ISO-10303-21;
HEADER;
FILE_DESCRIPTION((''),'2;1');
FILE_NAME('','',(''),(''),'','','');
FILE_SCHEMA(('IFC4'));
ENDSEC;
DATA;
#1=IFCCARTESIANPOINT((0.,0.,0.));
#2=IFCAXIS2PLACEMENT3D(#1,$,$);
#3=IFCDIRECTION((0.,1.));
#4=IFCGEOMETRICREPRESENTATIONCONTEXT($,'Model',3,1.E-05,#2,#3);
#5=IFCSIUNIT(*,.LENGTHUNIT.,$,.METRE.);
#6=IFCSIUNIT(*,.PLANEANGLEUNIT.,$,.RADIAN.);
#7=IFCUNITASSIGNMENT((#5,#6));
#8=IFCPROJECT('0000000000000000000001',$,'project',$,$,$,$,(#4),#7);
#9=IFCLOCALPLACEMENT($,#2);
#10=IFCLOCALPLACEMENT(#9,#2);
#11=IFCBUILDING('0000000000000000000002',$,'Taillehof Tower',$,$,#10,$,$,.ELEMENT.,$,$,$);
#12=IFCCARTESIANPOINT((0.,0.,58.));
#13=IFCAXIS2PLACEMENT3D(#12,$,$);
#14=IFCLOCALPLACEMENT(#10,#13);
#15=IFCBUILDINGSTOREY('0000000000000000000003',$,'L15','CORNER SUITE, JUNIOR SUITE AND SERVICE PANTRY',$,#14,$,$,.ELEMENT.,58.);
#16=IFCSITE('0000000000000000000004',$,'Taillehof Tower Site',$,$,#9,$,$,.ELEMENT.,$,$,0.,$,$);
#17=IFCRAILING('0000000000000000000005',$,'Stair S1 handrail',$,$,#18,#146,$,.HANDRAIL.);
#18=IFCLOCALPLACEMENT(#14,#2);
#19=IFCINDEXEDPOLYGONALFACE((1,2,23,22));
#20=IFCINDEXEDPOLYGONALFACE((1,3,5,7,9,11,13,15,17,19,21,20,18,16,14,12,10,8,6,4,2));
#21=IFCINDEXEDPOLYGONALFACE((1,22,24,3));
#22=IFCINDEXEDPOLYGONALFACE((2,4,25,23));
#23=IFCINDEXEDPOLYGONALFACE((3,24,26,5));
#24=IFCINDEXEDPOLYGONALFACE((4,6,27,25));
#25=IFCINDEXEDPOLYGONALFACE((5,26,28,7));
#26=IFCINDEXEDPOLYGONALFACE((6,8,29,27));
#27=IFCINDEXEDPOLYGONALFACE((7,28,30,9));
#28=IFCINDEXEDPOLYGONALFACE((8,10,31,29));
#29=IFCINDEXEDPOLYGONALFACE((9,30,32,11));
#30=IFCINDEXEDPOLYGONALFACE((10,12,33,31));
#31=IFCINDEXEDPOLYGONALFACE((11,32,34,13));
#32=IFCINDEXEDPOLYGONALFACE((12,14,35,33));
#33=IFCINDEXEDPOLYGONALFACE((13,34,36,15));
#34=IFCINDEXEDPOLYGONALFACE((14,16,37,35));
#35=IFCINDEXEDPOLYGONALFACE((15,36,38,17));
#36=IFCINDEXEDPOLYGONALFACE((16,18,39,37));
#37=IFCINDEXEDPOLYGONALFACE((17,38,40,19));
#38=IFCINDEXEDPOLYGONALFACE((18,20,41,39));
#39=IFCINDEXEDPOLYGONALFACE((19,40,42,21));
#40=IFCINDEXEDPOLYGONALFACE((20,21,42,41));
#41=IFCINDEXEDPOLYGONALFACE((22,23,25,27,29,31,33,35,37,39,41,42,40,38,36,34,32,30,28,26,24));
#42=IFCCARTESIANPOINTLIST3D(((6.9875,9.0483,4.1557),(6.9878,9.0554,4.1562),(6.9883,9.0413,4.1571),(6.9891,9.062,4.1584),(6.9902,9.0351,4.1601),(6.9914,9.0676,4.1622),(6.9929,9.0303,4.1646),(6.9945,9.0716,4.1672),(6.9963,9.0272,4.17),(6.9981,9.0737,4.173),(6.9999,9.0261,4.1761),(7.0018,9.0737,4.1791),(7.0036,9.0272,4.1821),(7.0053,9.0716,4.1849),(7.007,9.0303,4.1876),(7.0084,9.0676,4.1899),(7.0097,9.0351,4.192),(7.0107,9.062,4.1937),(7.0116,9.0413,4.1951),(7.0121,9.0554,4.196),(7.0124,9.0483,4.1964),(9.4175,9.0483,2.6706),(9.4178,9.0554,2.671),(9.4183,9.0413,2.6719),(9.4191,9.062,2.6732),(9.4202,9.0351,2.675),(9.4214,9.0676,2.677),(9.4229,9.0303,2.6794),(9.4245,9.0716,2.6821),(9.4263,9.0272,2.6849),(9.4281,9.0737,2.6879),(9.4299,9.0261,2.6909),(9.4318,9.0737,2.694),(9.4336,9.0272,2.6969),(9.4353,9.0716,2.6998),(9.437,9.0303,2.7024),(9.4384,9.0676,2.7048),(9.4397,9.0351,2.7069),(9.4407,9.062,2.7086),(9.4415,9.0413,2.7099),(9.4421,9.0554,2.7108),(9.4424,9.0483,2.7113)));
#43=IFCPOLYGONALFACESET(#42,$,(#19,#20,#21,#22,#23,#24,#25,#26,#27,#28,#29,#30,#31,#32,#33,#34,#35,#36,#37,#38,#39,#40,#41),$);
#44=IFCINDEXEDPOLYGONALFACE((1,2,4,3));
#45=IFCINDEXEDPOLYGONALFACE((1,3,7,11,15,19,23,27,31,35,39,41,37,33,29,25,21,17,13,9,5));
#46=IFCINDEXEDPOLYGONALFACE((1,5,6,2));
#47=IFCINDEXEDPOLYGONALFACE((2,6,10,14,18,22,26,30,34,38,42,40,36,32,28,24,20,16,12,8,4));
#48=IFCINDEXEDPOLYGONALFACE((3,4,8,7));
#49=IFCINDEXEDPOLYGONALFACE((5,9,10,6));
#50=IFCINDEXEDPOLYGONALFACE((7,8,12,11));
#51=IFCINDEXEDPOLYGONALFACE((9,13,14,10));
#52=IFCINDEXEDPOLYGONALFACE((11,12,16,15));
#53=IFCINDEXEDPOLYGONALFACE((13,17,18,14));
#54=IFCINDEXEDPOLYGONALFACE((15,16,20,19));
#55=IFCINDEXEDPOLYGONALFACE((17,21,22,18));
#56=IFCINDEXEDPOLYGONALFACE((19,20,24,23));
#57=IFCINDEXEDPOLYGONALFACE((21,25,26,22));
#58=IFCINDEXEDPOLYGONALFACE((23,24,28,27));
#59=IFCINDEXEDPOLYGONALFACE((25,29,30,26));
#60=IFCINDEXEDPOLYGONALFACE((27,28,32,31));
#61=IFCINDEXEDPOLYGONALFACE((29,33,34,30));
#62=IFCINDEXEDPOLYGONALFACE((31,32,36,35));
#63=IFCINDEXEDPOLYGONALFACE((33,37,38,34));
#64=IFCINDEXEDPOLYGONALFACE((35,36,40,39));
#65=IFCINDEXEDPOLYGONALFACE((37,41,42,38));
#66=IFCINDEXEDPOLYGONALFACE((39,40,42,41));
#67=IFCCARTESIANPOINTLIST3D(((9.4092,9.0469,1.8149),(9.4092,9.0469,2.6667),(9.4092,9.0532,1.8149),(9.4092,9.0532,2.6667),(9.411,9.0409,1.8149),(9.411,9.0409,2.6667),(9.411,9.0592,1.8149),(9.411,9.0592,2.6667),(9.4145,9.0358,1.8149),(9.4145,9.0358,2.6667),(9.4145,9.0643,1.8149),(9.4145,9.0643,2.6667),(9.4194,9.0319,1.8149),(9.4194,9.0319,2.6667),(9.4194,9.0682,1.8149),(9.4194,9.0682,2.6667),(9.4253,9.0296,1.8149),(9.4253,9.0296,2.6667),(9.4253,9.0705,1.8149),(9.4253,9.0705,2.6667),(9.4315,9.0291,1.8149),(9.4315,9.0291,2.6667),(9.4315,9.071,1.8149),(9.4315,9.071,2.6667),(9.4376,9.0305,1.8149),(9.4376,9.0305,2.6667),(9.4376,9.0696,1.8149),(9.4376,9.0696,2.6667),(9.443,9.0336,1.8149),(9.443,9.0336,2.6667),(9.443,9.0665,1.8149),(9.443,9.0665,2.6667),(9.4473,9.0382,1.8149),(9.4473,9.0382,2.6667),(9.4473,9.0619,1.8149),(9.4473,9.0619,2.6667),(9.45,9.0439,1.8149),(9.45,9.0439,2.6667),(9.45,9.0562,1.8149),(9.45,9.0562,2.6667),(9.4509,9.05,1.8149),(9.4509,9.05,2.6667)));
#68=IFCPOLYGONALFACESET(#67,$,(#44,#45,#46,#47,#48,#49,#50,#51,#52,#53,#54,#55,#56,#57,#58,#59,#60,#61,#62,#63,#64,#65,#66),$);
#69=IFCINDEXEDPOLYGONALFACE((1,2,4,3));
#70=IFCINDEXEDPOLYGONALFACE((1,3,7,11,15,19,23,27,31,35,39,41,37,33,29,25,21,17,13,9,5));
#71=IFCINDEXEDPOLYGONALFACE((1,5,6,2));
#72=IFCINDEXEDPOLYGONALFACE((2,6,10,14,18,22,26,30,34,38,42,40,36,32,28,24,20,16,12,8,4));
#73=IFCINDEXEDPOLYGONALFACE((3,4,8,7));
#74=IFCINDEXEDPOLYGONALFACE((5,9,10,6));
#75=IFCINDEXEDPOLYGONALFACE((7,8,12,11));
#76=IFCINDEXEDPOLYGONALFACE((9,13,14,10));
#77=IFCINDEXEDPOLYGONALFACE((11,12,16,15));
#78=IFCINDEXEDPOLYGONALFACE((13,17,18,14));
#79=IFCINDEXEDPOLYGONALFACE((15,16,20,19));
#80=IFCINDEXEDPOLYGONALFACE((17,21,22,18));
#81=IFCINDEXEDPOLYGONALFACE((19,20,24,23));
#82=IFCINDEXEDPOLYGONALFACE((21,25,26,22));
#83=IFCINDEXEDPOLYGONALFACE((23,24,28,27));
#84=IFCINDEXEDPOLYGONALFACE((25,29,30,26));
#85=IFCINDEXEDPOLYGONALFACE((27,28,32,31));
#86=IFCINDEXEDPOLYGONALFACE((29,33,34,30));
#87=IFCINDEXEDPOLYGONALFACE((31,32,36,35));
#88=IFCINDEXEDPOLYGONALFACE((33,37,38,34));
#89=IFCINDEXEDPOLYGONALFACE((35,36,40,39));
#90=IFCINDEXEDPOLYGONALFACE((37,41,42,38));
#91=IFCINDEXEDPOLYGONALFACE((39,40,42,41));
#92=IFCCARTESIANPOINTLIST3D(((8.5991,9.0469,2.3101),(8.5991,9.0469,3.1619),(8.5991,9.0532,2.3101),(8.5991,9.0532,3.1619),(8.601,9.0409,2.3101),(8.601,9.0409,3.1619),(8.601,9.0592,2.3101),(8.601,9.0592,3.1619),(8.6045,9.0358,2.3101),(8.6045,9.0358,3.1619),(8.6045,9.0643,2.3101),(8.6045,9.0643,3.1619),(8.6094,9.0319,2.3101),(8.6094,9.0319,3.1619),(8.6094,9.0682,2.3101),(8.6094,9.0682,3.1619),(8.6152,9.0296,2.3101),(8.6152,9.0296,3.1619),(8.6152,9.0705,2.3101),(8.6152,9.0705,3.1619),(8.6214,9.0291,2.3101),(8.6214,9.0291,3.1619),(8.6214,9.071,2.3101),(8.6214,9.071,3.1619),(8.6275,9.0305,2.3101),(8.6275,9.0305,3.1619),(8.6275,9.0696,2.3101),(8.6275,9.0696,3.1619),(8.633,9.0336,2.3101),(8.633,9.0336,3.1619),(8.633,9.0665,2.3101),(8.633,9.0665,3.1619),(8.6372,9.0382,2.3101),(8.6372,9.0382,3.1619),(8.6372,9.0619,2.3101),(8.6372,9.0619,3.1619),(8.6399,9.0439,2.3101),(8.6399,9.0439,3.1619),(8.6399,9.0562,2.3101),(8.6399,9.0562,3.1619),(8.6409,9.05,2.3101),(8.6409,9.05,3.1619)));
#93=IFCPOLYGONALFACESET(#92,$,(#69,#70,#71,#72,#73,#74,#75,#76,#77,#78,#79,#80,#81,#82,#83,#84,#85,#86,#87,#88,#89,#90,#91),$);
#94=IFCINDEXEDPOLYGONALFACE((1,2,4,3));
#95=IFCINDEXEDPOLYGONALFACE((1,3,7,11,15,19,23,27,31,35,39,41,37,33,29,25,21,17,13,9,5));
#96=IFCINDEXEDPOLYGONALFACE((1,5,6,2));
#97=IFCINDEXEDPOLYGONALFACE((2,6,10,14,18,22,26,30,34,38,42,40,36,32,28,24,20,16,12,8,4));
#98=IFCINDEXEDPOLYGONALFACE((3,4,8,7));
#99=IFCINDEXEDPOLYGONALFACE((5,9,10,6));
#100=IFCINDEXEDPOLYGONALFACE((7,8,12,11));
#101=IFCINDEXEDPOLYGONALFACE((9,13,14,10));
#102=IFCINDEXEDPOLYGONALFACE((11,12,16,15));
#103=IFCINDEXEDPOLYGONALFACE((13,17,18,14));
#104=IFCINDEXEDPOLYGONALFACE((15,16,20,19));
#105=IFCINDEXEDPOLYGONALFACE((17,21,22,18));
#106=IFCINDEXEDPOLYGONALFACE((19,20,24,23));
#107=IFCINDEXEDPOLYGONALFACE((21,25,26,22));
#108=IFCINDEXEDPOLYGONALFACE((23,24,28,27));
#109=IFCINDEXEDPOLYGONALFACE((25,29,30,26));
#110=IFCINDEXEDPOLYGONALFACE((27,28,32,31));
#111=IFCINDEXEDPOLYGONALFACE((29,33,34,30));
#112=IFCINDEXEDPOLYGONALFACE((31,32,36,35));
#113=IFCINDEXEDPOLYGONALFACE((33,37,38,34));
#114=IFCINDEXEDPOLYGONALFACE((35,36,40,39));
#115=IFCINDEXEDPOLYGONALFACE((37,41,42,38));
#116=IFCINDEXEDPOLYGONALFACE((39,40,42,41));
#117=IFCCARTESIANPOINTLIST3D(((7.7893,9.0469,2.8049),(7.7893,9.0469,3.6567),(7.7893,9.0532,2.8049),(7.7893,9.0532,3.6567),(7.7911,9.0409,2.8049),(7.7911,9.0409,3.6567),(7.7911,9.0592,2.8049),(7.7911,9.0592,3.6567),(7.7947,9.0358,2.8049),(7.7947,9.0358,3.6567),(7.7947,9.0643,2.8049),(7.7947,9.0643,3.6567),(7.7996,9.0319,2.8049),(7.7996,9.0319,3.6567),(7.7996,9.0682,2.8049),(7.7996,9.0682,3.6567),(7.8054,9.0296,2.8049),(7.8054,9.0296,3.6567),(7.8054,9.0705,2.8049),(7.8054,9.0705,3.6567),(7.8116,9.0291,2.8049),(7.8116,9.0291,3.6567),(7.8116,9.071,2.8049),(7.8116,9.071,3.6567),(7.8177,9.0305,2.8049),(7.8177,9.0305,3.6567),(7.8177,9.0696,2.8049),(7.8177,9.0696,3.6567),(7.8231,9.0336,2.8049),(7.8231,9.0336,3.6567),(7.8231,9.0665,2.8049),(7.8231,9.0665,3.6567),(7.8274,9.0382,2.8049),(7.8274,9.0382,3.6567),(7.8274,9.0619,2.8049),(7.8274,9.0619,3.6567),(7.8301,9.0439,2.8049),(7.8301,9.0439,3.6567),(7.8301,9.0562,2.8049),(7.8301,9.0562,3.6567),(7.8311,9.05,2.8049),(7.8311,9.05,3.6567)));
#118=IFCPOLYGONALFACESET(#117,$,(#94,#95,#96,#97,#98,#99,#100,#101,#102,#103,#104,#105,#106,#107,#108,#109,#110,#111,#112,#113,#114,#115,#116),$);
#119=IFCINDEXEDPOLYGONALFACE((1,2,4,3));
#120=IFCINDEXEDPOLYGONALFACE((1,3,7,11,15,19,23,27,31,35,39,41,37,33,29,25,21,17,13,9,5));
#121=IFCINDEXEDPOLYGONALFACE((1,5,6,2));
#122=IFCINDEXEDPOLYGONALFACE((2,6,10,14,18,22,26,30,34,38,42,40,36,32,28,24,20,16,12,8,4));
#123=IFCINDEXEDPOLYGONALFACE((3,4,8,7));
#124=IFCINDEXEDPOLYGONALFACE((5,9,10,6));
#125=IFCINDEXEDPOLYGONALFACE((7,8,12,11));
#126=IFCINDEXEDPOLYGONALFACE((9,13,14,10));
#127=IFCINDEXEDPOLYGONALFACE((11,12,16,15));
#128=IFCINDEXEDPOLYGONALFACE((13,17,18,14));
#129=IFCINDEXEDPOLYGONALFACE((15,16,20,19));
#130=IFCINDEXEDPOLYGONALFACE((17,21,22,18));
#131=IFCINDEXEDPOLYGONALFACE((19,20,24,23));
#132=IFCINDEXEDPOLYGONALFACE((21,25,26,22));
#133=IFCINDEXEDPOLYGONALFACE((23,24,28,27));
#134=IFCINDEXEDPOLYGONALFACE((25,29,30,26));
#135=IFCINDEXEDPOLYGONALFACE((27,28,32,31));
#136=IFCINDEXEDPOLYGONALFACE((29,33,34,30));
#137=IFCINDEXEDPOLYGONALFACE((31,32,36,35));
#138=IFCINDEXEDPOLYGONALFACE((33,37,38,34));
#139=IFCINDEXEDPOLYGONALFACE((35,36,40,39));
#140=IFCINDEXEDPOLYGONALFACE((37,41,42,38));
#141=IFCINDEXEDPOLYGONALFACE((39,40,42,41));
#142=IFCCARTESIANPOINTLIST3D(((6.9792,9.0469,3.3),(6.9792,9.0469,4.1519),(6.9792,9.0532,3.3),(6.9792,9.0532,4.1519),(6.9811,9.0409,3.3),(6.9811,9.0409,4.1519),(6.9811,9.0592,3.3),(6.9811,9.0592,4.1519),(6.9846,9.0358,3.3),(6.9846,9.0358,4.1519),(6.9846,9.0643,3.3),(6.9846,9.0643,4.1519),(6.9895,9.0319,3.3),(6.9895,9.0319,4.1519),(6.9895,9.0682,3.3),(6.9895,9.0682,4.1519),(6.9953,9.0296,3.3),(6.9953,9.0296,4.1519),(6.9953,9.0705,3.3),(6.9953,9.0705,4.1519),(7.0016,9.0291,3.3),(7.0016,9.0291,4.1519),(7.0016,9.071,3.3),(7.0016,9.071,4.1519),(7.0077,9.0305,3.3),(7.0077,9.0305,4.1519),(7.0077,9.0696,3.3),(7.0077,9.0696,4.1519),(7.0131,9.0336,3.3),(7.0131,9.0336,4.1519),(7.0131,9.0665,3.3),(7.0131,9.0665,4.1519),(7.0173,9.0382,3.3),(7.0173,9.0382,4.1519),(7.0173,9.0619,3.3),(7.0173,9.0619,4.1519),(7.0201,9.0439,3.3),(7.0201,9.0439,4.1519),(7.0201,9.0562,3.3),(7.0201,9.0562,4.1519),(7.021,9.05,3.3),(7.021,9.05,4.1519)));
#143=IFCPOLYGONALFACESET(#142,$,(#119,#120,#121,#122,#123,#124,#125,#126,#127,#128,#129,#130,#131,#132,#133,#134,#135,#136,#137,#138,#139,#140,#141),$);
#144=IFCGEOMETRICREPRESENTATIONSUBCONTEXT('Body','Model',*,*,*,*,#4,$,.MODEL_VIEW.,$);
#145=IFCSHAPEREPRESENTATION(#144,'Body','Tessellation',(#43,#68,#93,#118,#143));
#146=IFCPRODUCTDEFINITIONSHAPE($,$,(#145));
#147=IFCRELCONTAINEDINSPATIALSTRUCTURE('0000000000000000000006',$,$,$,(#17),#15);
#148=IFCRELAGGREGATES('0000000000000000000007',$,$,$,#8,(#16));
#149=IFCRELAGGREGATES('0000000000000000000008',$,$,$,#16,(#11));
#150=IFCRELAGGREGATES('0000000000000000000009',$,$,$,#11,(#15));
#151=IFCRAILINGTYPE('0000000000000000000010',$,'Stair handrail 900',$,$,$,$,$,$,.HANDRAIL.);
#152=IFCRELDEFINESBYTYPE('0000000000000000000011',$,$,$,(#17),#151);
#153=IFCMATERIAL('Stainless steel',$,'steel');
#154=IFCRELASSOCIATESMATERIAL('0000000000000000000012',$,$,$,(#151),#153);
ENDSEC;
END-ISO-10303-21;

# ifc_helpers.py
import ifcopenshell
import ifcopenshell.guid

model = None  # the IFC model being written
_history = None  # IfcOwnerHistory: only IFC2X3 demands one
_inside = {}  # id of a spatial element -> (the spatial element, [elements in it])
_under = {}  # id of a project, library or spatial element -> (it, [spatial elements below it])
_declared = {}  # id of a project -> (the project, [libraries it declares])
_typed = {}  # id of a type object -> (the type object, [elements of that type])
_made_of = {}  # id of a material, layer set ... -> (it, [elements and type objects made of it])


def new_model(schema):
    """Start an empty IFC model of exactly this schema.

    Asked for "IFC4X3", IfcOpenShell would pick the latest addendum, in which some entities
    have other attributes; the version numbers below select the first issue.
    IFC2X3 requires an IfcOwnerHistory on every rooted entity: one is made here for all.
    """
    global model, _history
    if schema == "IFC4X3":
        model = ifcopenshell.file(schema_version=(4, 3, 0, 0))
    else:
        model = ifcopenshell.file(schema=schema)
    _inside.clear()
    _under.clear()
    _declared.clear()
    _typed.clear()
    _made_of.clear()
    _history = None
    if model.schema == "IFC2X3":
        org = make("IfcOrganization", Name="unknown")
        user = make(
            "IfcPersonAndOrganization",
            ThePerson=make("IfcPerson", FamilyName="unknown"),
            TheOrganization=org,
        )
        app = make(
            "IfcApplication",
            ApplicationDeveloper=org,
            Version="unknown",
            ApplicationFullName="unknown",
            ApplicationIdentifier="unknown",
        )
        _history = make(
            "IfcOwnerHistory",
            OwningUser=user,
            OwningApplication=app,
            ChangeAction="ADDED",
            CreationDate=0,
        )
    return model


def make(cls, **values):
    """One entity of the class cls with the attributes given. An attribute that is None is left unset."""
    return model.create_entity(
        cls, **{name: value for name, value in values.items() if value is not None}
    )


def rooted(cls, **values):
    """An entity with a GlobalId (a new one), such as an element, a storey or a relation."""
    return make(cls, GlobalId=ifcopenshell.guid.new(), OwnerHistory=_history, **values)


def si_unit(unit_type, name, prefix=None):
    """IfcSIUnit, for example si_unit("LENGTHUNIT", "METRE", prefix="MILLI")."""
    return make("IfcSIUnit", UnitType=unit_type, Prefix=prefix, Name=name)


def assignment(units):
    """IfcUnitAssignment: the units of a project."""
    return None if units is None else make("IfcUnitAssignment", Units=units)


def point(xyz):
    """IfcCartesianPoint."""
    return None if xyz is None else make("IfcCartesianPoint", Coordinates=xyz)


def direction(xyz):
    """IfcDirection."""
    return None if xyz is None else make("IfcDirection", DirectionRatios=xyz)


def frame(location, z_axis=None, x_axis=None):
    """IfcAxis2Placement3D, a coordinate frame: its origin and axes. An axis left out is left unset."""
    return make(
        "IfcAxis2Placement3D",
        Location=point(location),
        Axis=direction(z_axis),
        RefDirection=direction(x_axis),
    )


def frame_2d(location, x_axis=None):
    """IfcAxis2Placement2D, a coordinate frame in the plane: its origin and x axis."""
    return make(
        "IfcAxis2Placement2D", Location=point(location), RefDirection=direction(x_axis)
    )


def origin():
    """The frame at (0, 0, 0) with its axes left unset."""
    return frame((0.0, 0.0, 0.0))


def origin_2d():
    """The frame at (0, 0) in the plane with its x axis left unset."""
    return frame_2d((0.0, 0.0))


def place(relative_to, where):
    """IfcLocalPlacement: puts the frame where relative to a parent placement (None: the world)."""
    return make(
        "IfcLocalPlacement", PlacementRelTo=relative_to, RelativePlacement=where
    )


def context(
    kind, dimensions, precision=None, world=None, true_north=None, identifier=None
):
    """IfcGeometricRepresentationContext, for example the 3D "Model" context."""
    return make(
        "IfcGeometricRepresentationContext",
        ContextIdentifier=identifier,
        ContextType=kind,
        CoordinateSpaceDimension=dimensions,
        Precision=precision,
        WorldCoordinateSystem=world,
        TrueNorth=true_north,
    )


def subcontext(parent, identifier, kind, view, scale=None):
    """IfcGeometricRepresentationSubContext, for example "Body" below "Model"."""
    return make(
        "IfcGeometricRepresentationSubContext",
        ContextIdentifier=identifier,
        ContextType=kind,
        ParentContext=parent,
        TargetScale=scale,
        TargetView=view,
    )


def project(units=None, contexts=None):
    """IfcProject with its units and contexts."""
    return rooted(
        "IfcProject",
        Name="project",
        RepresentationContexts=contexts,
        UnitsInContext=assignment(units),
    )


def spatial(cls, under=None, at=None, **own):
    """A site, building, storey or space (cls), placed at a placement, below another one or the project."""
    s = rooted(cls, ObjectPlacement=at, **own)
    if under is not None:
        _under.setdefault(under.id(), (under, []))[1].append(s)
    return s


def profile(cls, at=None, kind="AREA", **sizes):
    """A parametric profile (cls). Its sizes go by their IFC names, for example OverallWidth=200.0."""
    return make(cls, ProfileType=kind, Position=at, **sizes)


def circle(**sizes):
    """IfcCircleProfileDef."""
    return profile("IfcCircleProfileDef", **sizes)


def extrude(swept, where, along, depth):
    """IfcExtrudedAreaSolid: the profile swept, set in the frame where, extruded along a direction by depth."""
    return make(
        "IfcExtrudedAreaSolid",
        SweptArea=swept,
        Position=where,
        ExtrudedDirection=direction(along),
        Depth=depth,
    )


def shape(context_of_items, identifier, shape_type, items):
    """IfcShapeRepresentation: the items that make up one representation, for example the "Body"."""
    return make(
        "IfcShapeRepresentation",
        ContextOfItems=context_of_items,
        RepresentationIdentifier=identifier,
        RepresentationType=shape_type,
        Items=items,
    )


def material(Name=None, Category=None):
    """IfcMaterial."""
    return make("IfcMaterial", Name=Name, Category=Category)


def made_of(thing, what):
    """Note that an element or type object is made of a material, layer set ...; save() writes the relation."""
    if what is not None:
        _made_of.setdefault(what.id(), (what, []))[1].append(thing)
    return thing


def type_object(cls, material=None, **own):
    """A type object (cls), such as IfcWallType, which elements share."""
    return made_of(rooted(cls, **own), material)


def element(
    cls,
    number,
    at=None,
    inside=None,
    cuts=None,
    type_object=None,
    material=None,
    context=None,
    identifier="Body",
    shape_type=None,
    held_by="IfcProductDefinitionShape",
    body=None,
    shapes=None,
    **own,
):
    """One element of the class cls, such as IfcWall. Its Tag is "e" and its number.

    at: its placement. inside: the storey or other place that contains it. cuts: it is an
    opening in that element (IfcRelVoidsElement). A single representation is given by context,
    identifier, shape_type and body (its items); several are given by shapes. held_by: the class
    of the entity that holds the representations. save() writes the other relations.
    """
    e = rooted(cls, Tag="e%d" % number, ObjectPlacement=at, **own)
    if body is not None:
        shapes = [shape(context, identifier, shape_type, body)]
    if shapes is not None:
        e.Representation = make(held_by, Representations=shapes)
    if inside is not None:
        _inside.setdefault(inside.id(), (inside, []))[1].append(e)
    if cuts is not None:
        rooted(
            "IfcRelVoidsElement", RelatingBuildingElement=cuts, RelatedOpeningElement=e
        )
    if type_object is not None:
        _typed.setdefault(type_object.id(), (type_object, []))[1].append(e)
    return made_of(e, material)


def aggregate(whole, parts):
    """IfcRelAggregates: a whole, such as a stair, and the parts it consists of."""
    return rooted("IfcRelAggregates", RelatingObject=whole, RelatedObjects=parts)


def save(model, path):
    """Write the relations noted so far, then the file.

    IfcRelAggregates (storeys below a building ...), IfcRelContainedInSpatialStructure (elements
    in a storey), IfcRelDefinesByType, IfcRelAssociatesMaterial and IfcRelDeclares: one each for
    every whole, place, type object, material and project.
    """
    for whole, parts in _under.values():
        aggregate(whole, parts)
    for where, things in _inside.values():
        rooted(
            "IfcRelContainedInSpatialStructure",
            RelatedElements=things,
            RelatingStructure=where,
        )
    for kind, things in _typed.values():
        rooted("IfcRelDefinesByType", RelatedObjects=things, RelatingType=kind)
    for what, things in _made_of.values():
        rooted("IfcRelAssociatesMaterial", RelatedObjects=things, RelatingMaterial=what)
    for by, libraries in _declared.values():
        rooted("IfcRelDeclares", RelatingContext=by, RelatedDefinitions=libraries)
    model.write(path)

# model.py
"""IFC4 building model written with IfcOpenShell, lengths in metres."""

from ifc_helpers import new_model, si_unit, direction, frame, origin, origin_2d, place, context, subcontext, project, spatial, circle, extrude, material, type_object, element, save


model = new_model("IFC4")

# Units and contexts
model_context = context("Model", 3, precision=1e-05, world=origin(), true_north=direction((0.0, 1.0)))
body_context = subcontext(model_context, "Body", "Model", "MODEL_VIEW")
ifc_project = project(units=[si_unit("LENGTHUNIT", "METRE"), si_unit("PLANEANGLEUNIT", "RADIAN")], contexts=[model_context])

# Site, building, storey
site_placement = place(None, origin())
site = spatial("IfcSite", under=ifc_project, at=site_placement, Name="Taillehof Tower Site", CompositionType="ELEMENT", RefElevation=0.0)
building_placement = place(site_placement, origin())
building = spatial("IfcBuilding", under=site, at=building_placement, Name="Taillehof Tower", CompositionType="ELEMENT")
storey_placement = place(building_placement, frame((0.0, 0.0, 58.0)))
storey = spatial("IfcBuildingStorey", under=building, at=storey_placement, Name="L15", Description="CORNER SUITE, JUNIOR SUITE AND SERVICE PANTRY", CompositionType="ELEMENT", Elevation=58.0)

# Railing
ifc_material_1 = material(Name="Stainless steel", Category="steel")
railing_type = type_object("IfcRailingType", Name="Stair handrail 900", PredefinedType="HANDRAIL", material=ifc_material_1)
railing_placement = place(storey_placement, frame((9.4299, 9.05, 1.8149)))
element("IfcRailing", 1, at=railing_placement, inside=storey, type_object=railing_type, Name="Stair S1 handrail", PredefinedType="HANDRAIL", context=body_context, shape_type="SweptSolid", body=[
    extrude(circle(Radius=0.0239, at=origin_2d()), frame((0.0, 0.0, 0.876), z_axis=(-0.853259, 0.0, 0.521488), x_axis=(0.0, -1.0, 0.0)), (0.0, 0.0, 1.0), 2.8479),
    extrude(circle(Radius=0.021, at=origin_2d()), origin(), (0.0, 0.0, 1.0), 0.8518),
    extrude(circle(Radius=0.021, at=origin_2d()), frame((-0.8101, 0.0, 0.4951)), (0.0, 0.0, 1.0), 0.8518),
    extrude(circle(Radius=0.021, at=origin_2d()), frame((-1.6199, 0.0, 0.99)), (0.0, 0.0, 1.0), 0.8518),
    extrude(circle(Radius=0.021, at=origin_2d()), frame((-2.4299, 0.0, 1.4851)), (0.0, 0.0, 1.0), 0.8518),
])

save(model, "model.ifc")
